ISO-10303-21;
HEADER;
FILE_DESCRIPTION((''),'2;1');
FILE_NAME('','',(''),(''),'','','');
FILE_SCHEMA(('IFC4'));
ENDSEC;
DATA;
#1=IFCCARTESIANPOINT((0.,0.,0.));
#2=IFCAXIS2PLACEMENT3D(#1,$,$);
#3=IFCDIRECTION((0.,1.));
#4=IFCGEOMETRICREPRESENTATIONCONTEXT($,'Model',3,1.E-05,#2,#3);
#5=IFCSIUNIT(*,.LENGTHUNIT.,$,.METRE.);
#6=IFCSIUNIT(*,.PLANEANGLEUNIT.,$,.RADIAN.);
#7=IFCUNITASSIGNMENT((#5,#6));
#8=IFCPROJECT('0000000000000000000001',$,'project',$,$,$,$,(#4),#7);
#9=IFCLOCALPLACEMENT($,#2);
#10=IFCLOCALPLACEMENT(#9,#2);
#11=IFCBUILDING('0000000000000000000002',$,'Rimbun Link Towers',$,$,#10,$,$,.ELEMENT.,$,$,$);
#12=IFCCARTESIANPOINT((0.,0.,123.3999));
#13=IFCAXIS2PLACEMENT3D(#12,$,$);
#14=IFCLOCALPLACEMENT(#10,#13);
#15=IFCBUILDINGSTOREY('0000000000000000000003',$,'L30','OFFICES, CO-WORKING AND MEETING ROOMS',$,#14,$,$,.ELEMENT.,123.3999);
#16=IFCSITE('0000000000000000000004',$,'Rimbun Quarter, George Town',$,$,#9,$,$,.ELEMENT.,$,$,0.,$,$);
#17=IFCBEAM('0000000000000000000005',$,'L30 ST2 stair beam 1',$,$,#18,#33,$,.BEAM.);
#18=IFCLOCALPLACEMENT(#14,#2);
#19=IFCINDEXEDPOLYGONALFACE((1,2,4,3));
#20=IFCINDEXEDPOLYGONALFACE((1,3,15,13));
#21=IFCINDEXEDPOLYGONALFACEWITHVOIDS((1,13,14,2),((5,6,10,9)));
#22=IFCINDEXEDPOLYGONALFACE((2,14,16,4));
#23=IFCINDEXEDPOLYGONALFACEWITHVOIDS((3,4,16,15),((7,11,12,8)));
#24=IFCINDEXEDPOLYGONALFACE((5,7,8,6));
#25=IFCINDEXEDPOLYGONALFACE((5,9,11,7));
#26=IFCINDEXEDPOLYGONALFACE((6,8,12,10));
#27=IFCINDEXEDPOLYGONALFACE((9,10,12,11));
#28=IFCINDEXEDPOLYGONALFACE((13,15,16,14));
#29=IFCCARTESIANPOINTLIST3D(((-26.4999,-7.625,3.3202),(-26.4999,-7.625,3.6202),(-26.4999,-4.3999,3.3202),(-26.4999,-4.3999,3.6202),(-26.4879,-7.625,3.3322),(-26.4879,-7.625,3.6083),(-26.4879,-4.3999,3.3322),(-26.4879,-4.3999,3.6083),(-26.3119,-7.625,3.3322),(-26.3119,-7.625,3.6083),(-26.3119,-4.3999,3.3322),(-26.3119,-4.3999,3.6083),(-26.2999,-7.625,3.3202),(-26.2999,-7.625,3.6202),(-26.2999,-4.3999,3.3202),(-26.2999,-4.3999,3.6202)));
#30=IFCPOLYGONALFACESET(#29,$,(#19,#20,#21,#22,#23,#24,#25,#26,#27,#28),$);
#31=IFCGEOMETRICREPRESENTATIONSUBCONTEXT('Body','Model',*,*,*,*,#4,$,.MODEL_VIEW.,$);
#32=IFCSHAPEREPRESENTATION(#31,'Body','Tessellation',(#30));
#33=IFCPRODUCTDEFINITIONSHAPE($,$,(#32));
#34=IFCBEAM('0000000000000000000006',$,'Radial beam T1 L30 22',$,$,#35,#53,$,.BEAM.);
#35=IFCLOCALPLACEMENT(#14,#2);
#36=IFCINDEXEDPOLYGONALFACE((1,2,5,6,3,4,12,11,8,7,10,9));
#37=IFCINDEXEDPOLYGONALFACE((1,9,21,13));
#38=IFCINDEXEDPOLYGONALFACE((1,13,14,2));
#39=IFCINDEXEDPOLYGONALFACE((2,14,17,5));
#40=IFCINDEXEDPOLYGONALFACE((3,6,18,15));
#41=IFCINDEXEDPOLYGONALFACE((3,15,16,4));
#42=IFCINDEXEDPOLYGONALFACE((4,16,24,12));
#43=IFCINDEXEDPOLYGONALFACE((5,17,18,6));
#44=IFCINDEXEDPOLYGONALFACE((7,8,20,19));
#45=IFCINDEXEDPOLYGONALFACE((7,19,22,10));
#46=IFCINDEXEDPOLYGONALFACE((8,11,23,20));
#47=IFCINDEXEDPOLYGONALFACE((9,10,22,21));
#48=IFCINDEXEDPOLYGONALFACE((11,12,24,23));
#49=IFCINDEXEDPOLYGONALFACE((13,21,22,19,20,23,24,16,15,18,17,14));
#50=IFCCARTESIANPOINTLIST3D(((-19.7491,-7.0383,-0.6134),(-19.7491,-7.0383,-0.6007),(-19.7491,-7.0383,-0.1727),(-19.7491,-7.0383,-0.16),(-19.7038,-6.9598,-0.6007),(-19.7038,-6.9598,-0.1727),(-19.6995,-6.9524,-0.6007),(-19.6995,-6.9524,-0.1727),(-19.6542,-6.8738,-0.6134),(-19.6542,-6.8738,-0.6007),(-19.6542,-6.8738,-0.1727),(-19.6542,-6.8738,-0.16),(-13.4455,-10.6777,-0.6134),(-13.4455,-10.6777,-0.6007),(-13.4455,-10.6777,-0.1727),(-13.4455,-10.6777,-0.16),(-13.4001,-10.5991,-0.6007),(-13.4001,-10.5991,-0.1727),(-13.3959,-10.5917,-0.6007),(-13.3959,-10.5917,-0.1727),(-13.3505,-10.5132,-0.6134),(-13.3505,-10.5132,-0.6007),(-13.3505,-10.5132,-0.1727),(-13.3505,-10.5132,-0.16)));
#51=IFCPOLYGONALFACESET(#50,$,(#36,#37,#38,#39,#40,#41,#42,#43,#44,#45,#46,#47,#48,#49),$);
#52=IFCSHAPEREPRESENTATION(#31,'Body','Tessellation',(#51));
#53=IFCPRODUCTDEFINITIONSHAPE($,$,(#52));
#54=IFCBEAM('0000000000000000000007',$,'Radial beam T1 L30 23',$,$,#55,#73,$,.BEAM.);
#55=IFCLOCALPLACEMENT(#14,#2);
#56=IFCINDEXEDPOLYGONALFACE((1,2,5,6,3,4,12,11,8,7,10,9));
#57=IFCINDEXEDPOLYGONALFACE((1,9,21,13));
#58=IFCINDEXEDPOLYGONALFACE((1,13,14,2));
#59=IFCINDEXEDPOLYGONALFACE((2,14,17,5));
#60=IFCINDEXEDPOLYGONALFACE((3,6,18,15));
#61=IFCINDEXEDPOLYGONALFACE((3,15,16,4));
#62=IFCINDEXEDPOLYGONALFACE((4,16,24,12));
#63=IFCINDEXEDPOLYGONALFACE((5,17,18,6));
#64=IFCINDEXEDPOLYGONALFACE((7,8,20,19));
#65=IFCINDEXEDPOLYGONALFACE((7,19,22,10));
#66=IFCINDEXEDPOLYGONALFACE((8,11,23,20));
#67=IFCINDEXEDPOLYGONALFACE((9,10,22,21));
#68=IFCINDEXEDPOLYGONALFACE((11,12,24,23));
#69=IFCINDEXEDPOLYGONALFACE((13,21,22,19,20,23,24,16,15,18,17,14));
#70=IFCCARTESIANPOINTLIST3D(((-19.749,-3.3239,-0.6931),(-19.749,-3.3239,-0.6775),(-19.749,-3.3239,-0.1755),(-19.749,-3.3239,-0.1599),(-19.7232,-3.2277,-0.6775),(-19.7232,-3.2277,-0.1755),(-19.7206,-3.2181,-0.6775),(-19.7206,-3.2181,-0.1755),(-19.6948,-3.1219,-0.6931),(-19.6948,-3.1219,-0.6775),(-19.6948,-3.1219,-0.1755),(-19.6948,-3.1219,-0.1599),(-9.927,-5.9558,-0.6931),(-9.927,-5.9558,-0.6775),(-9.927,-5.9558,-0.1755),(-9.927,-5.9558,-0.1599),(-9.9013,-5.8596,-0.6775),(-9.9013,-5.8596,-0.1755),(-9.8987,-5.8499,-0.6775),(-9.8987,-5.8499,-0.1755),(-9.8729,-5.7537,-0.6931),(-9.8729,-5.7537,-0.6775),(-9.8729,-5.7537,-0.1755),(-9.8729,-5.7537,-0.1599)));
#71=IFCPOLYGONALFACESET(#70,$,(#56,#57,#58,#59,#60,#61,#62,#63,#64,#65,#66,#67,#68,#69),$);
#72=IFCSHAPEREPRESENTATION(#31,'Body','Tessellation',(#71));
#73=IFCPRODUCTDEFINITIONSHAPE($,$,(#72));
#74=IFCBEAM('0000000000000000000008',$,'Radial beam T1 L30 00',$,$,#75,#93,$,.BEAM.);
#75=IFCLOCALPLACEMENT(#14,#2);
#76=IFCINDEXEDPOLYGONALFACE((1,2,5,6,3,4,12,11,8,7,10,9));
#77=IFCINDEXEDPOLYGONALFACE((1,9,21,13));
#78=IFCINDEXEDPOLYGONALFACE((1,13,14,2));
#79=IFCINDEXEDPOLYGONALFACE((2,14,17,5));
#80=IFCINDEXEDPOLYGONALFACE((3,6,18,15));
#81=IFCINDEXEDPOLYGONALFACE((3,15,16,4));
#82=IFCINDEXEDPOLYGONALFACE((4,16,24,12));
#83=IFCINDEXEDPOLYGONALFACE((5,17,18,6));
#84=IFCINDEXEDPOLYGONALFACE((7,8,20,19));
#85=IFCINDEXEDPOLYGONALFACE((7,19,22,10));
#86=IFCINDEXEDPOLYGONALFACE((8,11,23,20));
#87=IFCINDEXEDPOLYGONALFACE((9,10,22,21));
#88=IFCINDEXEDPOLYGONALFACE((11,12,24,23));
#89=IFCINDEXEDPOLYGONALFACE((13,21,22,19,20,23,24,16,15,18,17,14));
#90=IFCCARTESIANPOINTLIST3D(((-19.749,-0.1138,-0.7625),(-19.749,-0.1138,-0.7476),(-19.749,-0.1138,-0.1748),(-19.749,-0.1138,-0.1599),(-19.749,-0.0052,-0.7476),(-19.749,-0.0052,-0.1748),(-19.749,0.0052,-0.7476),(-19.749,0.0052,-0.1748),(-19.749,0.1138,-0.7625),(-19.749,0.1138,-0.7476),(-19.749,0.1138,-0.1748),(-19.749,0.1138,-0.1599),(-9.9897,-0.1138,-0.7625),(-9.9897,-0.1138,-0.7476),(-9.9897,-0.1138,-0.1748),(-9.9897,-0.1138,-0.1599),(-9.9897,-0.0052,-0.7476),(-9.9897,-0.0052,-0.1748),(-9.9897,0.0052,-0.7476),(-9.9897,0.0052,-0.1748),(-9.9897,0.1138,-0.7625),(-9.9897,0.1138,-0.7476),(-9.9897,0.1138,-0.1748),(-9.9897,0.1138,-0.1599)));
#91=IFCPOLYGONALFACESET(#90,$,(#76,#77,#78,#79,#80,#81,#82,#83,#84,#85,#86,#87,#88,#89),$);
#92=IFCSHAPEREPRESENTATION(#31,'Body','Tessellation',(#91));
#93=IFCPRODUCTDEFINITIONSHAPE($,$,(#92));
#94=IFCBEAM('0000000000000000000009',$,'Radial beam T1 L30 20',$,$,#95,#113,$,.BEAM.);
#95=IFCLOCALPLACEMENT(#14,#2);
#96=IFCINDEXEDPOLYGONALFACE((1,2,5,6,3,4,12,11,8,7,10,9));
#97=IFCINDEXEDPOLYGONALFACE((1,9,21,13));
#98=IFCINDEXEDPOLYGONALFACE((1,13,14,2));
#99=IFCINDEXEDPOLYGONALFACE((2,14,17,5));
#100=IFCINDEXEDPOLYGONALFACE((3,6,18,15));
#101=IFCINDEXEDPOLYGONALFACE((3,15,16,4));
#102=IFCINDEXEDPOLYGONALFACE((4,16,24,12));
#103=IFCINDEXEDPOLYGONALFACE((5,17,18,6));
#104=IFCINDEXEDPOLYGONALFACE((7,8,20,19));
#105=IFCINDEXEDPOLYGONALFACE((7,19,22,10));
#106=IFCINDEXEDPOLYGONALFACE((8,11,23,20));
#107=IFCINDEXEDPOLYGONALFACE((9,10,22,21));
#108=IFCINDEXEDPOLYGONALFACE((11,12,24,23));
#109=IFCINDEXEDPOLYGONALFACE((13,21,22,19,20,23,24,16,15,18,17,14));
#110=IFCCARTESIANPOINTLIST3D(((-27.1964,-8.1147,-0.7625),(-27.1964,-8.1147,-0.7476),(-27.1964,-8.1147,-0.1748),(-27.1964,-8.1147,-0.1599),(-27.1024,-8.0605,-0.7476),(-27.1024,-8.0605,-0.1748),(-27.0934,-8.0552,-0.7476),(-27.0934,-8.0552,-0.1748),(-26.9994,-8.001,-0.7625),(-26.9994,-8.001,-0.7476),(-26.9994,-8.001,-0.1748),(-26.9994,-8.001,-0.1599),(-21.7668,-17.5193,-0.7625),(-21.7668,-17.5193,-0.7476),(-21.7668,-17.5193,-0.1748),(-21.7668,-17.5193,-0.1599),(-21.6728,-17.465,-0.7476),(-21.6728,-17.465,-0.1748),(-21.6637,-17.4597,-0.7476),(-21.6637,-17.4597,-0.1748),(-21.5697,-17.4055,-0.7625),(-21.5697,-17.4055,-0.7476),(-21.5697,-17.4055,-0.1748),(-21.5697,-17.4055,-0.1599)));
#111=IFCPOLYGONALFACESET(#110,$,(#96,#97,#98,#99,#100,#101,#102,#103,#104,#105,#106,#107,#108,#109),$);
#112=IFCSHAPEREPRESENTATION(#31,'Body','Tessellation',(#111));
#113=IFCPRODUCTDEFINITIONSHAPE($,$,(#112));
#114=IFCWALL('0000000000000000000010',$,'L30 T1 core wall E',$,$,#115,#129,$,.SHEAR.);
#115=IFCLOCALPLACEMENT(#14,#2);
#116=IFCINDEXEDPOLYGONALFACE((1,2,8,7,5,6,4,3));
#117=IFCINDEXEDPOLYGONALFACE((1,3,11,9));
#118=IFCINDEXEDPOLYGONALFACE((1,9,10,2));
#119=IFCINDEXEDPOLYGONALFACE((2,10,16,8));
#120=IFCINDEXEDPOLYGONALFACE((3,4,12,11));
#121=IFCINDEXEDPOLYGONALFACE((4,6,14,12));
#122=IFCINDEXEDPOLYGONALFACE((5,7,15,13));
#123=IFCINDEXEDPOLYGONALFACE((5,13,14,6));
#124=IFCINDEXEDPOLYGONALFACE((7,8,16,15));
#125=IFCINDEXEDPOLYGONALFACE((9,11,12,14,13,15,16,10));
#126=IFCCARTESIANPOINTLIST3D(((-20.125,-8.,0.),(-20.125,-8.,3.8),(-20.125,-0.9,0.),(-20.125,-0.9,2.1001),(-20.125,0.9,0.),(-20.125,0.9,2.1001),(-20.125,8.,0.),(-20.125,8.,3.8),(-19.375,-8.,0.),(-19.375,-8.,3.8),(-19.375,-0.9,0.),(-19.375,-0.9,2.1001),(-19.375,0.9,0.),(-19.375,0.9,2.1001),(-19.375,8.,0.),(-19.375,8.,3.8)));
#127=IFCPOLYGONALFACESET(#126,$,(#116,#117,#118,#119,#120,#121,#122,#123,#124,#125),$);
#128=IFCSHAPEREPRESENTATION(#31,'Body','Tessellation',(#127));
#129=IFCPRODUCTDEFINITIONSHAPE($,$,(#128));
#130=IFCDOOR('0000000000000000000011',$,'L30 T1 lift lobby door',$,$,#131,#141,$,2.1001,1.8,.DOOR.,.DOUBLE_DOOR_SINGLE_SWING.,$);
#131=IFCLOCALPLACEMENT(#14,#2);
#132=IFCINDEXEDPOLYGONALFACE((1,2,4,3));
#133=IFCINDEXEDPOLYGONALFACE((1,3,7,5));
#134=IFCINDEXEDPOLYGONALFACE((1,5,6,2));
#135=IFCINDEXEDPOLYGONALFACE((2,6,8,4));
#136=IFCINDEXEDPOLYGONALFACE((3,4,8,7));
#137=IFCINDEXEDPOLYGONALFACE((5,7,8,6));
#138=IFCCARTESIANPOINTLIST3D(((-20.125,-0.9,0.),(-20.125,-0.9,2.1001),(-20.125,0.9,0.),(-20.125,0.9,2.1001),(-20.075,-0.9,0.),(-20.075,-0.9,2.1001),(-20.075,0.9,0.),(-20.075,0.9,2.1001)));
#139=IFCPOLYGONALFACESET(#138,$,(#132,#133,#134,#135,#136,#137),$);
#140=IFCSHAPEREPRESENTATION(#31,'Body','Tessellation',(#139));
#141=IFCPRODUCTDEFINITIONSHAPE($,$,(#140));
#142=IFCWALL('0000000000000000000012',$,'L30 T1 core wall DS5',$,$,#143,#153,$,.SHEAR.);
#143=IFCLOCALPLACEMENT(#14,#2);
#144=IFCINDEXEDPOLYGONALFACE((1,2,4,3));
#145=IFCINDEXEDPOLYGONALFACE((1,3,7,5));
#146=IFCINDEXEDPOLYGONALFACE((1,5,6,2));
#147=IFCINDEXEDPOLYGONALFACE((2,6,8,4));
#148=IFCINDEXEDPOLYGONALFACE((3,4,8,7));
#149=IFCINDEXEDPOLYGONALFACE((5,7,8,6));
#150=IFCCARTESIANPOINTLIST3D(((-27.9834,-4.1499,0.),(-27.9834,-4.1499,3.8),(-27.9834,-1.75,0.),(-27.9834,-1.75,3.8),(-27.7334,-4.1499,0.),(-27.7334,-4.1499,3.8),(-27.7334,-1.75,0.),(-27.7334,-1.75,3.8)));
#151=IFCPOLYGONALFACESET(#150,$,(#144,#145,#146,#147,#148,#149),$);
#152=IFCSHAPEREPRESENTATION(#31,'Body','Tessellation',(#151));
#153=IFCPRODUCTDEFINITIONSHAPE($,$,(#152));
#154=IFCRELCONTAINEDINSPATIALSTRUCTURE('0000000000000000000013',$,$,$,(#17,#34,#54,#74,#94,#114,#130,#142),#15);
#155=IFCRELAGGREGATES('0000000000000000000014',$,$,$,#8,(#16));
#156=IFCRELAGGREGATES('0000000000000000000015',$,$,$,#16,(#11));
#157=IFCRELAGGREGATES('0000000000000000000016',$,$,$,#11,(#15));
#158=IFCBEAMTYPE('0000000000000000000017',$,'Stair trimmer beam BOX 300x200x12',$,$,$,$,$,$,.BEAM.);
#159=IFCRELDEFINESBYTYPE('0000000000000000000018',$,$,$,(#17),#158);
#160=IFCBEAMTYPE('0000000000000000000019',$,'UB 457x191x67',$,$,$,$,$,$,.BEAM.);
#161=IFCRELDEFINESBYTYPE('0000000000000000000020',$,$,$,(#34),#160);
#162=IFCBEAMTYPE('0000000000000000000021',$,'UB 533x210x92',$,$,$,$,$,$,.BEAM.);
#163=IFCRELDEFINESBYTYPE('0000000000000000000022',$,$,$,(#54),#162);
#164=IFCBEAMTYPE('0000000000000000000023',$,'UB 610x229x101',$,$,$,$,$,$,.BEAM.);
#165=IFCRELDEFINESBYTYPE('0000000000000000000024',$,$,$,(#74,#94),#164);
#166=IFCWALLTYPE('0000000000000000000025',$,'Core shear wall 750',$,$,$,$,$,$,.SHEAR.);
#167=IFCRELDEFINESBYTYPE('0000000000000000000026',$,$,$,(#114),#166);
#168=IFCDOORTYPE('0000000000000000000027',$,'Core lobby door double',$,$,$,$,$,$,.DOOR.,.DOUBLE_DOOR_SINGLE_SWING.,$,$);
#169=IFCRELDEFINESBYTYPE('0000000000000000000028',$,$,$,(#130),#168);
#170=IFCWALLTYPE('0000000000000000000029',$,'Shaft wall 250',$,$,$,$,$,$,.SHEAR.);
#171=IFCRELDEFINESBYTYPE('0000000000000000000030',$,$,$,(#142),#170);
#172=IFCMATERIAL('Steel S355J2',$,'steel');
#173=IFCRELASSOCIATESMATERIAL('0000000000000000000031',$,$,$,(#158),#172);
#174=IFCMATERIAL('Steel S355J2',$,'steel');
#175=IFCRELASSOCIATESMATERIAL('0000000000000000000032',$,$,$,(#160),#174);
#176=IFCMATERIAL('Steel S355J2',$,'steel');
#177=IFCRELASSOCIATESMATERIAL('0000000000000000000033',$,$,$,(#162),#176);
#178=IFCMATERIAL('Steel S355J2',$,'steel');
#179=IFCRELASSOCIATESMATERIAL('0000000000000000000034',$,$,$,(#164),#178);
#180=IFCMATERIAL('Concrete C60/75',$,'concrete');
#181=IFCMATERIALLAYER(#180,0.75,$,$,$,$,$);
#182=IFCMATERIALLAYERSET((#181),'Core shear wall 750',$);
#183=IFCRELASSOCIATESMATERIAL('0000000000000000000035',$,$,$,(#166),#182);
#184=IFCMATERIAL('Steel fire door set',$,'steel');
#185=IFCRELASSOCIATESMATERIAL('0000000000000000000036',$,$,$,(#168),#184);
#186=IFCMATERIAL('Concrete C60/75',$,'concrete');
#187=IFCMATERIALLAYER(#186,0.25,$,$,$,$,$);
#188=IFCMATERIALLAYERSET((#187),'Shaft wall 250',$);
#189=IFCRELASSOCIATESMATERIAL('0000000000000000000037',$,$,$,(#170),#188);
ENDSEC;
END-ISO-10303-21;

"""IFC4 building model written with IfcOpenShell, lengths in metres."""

from ifc_helpers import new_model, si_unit, direction, frame, frame_2d, origin, origin_2d, place, context, subcontext, project, spatial, rectangle, hollow_rectangle, i_section, extrude, material, layer, layer_set, material_profile, profile_set, type_object, element, fill, save


model = new_model("IFC4")

# Units and contexts
model_context = context("Model", 3, precision=1e-05, world=origin(), true_north=direction((0.0, 1.0)))
body_context = subcontext(model_context, "Body", "Model", "MODEL_VIEW")
ifc_project = project(units=[si_unit("LENGTHUNIT", "METRE"), si_unit("PLANEANGLEUNIT", "RADIAN")], contexts=[model_context])

# Site, building, storey
site_placement = place(None, origin())
site = spatial("IfcSite", under=ifc_project, at=site_placement, Name="Rimbun Quarter, George Town", CompositionType="ELEMENT", RefElevation=0.0)
building_placement = place(site_placement, origin())
building = spatial("IfcBuilding", under=site, at=building_placement, Name="Rimbun Link Towers", CompositionType="ELEMENT")
storey_placement = place(building_placement, frame((0.0, 0.0, 123.3999)))
storey = spatial("IfcBuildingStorey", under=building, at=storey_placement, Name="L30", Description="OFFICES, CO-WORKING AND MEETING ROOMS", CompositionType="ELEMENT", Elevation=123.3999)

# Beams
ifc_material_1 = material(Name="Steel S355J2", Category="steel")
ifc_material_profile_1 = material_profile(ifc_material_1, hollow_rectangle(XDim=0.2, YDim=0.3, WallThickness=0.012, at=origin_2d()), Name="BOX 300x200x12")
ifc_profile_set_1 = profile_set([ifc_material_profile_1], Name="Steel S355J2")
beam_type_1 = type_object("IfcBeamType", Name="Stair trimmer beam BOX 300x200x12", PredefinedType="BEAM", material=ifc_profile_set_1)
beam_1_placement = place(storey_placement, frame((-26.3999, -7.625, 3.4702), z_axis=(0.0, 1.0, 0.0), x_axis=(-1.0, 0.0, 0.0)))
element("IfcBeam", 1, at=beam_1_placement, inside=storey, type_object=beam_type_1, Name="L30 ST2 stair beam 1", PredefinedType="BEAM", context=body_context, shape_type="SweptSolid", body=[
    extrude(hollow_rectangle(XDim=0.2, YDim=0.3, WallThickness=0.012, at=origin_2d()), origin(), (0.0, 0.0, 1.0), 3.2251),
])
ifc_material_2 = material(Name="Steel S355J2", Category="steel")
ifc_material_profile_2 = material_profile(ifc_material_2, i_section(OverallWidth=0.1899, OverallDepth=0.4534, WebThickness=0.0085, FlangeThickness=0.0127, at=origin_2d()), Name="UB 457x191x67")
ifc_profile_set_2 = profile_set([ifc_material_profile_2], Name="Steel S355J2")
beam_type_2 = type_object("IfcBeamType", Name="UB 457x191x67", PredefinedType="BEAM", material=ifc_profile_set_2)
beam_2_placement = place(storey_placement, frame((-19.7017, -6.9561, -0.3867), z_axis=(0.866028, -0.499995, 0.0), x_axis=(0.499995, 0.866028, 0.0)))
element("IfcBeam", 2, at=beam_2_placement, inside=storey, type_object=beam_type_2, Name="Radial beam T1 L30 22", PredefinedType="BEAM", context=body_context, shape_type="SweptSolid", body=[
    extrude(i_section(OverallWidth=0.1899, OverallDepth=0.4534, WebThickness=0.0085, FlangeThickness=0.0127, at=origin_2d()), origin(), (0.0, 0.0, 1.0), 7.2788),
])
ifc_material_3 = material(Name="Steel S355J2", Category="steel")
ifc_material_profile_3 = material_profile(ifc_material_3, i_section(OverallWidth=0.2092, OverallDepth=0.5332, WebThickness=0.01, FlangeThickness=0.0156, at=origin_2d()), Name="UB 533x210x92")
ifc_profile_set_3 = profile_set([ifc_material_profile_3], Name="Steel S355J2")
beam_type_3 = type_object("IfcBeamType", Name="UB 533x210x92", PredefinedType="BEAM", material=ifc_profile_set_3)
beam_3_placement = place(storey_placement, frame((-19.7219, -3.2229, -0.4265), z_axis=(0.965925, -0.258822, 0.0), x_axis=(0.258822, 0.965925, 0.0)))
element("IfcBeam", 3, at=beam_3_placement, inside=storey, type_object=beam_type_3, Name="Radial beam T1 L30 23", PredefinedType="BEAM", context=body_context, shape_type="SweptSolid", body=[
    extrude(i_section(OverallWidth=0.2092, OverallDepth=0.5332, WebThickness=0.01, FlangeThickness=0.0156, at=origin_2d()), origin(), (0.0, 0.0, 1.0), 10.1685),
])
ifc_material_4 = material(Name="Steel S355J2", Category="steel")
ifc_material_profile_4 = material_profile(ifc_material_4, i_section(OverallWidth=0.2275, OverallDepth=0.6025, WebThickness=0.0105, FlangeThickness=0.0149, at=origin_2d()), Name="UB 610x229x101")
ifc_profile_set_4 = profile_set([ifc_material_profile_4], Name="Steel S355J2")
beam_type_4 = type_object("IfcBeamType", Name="UB 610x229x101", PredefinedType="BEAM", material=ifc_profile_set_4)
beam_4_placement = place(storey_placement, frame((-19.749, 0.0, -0.4612), z_axis=(1.0, 0.0, 0.0), x_axis=(0.0, 1.0, 0.0)))
element("IfcBeam", 4, at=beam_4_placement, inside=storey, type_object=beam_type_4, Name="Radial beam T1 L30 00", PredefinedType="BEAM", context=body_context, shape_type="SweptSolid", body=[
    extrude(i_section(OverallWidth=0.2275, OverallDepth=0.6025, WebThickness=0.0105, FlangeThickness=0.0149, at=origin_2d()), origin(), (0.0, 0.0, 1.0), 9.7593),
])
beam_5_placement = place(storey_placement, frame((-27.0979, -8.0579, -0.4612), z_axis=(0.499998, -0.866026, 0.0), x_axis=(0.866026, 0.499998, 0.0)))
element("IfcBeam", 5, at=beam_5_placement, inside=storey, type_object=beam_type_4, Name="Radial beam T1 L30 20", PredefinedType="BEAM", context=body_context, shape_type="SweptSolid", body=[
    extrude(i_section(OverallWidth=0.2275, OverallDepth=0.6025, WebThickness=0.0105, FlangeThickness=0.0149, at=origin_2d()), origin(), (0.0, 0.0, 1.0), 10.8594),
])

# Wall, opening, door
ifc_material_5 = material(Name="Concrete C60/75", Category="concrete")
ifc_layer_1 = layer(ifc_material_5, 0.75)
ifc_layer_set_1 = layer_set([ifc_layer_1], Name="Core shear wall 750")
wall_type_1 = type_object("IfcWallType", Name="Core shear wall 750", PredefinedType="SHEAR", material=ifc_layer_set_1)
wall_1_placement = place(storey_placement, frame((-19.75, -8.0, 0.0), z_axis=(0.0, 0.0, 1.0), x_axis=(0.0, 1.0, 0.0)))
wall_1 = element("IfcWall", 6, at=wall_1_placement, inside=storey, type_object=wall_type_1, Name="L30 T1 core wall E", PredefinedType="SHEAR", context=body_context, shape_type="SweptSolid", body=[
    extrude(rectangle(XDim=16.0, YDim=0.75, at=frame_2d((8.0, 0.0))), origin(), (0.0, 0.0, 1.0), 3.8),
])
opening_1_placement = place(wall_1_placement, frame((7.1001, 0.0, 0.0)))
opening_1 = element("IfcOpeningElement", 7, at=opening_1_placement, cuts=wall_1, PredefinedType="OPENING", context=body_context, shape_type="SweptSolid", body=[
    extrude(rectangle(XDim=1.8, YDim=2.1001, at=frame_2d((0.8999, 1.05))), frame((0.0, 0.385, 0.0), z_axis=(0.0, -1.0, 0.0), x_axis=(1.0, 0.0, 0.0)), (0.0, 0.0, 1.0), 0.77),
])
ifc_material_6 = material(Name="Steel fire door set", Category="steel")
door_type_1 = type_object("IfcDoorType", Name="Core lobby door double", OperationType="DOUBLE_DOOR_SINGLE_SWING", PredefinedType="DOOR", material=ifc_material_6)
door_1_placement = place(opening_1_placement, origin())
door_1 = element("IfcDoor", 8, at=door_1_placement, inside=storey, type_object=door_type_1, Name="L30 T1 lift lobby door", OperationType="DOUBLE_DOOR_SINGLE_SWING", OverallHeight=2.1001, OverallWidth=1.8, PredefinedType="DOOR", context=body_context, shape_type="SweptSolid", body=[
    extrude(rectangle(XDim=1.8, YDim=2.1001, at=frame_2d((0.8999, 1.05))), frame((0.0, 0.375, 0.0), z_axis=(0.0, -1.0, 0.0), x_axis=(1.0, 0.0, 0.0)), (0.0, 0.0, 1.0), 0.05),
])
fill(opening_1, door_1)

# Wall
ifc_material_7 = material(Name="Concrete C60/75", Category="concrete")
ifc_layer_2 = layer(ifc_material_7, 0.25)
ifc_layer_set_2 = layer_set([ifc_layer_2], Name="Shaft wall 250")
wall_type_2 = type_object("IfcWallType", Name="Shaft wall 250", PredefinedType="SHEAR", material=ifc_layer_set_2)
wall_2_placement = place(storey_placement, frame((-27.8584, -4.1499, 0.0), z_axis=(0.0, 0.0, 1.0), x_axis=(0.0, 1.0, 0.0)))
element("IfcWall", 9, at=wall_2_placement, inside=storey, type_object=wall_type_2, Name="L30 T1 core wall DS5", PredefinedType="SHEAR", context=body_context, shape_type="SweptSolid", body=[
    extrude(rectangle(XDim=2.3999, YDim=0.25, at=frame_2d((1.2, 0.0))), origin(), (0.0, 0.0, 1.0), 3.8),
])

save(model, "model.ifc")
